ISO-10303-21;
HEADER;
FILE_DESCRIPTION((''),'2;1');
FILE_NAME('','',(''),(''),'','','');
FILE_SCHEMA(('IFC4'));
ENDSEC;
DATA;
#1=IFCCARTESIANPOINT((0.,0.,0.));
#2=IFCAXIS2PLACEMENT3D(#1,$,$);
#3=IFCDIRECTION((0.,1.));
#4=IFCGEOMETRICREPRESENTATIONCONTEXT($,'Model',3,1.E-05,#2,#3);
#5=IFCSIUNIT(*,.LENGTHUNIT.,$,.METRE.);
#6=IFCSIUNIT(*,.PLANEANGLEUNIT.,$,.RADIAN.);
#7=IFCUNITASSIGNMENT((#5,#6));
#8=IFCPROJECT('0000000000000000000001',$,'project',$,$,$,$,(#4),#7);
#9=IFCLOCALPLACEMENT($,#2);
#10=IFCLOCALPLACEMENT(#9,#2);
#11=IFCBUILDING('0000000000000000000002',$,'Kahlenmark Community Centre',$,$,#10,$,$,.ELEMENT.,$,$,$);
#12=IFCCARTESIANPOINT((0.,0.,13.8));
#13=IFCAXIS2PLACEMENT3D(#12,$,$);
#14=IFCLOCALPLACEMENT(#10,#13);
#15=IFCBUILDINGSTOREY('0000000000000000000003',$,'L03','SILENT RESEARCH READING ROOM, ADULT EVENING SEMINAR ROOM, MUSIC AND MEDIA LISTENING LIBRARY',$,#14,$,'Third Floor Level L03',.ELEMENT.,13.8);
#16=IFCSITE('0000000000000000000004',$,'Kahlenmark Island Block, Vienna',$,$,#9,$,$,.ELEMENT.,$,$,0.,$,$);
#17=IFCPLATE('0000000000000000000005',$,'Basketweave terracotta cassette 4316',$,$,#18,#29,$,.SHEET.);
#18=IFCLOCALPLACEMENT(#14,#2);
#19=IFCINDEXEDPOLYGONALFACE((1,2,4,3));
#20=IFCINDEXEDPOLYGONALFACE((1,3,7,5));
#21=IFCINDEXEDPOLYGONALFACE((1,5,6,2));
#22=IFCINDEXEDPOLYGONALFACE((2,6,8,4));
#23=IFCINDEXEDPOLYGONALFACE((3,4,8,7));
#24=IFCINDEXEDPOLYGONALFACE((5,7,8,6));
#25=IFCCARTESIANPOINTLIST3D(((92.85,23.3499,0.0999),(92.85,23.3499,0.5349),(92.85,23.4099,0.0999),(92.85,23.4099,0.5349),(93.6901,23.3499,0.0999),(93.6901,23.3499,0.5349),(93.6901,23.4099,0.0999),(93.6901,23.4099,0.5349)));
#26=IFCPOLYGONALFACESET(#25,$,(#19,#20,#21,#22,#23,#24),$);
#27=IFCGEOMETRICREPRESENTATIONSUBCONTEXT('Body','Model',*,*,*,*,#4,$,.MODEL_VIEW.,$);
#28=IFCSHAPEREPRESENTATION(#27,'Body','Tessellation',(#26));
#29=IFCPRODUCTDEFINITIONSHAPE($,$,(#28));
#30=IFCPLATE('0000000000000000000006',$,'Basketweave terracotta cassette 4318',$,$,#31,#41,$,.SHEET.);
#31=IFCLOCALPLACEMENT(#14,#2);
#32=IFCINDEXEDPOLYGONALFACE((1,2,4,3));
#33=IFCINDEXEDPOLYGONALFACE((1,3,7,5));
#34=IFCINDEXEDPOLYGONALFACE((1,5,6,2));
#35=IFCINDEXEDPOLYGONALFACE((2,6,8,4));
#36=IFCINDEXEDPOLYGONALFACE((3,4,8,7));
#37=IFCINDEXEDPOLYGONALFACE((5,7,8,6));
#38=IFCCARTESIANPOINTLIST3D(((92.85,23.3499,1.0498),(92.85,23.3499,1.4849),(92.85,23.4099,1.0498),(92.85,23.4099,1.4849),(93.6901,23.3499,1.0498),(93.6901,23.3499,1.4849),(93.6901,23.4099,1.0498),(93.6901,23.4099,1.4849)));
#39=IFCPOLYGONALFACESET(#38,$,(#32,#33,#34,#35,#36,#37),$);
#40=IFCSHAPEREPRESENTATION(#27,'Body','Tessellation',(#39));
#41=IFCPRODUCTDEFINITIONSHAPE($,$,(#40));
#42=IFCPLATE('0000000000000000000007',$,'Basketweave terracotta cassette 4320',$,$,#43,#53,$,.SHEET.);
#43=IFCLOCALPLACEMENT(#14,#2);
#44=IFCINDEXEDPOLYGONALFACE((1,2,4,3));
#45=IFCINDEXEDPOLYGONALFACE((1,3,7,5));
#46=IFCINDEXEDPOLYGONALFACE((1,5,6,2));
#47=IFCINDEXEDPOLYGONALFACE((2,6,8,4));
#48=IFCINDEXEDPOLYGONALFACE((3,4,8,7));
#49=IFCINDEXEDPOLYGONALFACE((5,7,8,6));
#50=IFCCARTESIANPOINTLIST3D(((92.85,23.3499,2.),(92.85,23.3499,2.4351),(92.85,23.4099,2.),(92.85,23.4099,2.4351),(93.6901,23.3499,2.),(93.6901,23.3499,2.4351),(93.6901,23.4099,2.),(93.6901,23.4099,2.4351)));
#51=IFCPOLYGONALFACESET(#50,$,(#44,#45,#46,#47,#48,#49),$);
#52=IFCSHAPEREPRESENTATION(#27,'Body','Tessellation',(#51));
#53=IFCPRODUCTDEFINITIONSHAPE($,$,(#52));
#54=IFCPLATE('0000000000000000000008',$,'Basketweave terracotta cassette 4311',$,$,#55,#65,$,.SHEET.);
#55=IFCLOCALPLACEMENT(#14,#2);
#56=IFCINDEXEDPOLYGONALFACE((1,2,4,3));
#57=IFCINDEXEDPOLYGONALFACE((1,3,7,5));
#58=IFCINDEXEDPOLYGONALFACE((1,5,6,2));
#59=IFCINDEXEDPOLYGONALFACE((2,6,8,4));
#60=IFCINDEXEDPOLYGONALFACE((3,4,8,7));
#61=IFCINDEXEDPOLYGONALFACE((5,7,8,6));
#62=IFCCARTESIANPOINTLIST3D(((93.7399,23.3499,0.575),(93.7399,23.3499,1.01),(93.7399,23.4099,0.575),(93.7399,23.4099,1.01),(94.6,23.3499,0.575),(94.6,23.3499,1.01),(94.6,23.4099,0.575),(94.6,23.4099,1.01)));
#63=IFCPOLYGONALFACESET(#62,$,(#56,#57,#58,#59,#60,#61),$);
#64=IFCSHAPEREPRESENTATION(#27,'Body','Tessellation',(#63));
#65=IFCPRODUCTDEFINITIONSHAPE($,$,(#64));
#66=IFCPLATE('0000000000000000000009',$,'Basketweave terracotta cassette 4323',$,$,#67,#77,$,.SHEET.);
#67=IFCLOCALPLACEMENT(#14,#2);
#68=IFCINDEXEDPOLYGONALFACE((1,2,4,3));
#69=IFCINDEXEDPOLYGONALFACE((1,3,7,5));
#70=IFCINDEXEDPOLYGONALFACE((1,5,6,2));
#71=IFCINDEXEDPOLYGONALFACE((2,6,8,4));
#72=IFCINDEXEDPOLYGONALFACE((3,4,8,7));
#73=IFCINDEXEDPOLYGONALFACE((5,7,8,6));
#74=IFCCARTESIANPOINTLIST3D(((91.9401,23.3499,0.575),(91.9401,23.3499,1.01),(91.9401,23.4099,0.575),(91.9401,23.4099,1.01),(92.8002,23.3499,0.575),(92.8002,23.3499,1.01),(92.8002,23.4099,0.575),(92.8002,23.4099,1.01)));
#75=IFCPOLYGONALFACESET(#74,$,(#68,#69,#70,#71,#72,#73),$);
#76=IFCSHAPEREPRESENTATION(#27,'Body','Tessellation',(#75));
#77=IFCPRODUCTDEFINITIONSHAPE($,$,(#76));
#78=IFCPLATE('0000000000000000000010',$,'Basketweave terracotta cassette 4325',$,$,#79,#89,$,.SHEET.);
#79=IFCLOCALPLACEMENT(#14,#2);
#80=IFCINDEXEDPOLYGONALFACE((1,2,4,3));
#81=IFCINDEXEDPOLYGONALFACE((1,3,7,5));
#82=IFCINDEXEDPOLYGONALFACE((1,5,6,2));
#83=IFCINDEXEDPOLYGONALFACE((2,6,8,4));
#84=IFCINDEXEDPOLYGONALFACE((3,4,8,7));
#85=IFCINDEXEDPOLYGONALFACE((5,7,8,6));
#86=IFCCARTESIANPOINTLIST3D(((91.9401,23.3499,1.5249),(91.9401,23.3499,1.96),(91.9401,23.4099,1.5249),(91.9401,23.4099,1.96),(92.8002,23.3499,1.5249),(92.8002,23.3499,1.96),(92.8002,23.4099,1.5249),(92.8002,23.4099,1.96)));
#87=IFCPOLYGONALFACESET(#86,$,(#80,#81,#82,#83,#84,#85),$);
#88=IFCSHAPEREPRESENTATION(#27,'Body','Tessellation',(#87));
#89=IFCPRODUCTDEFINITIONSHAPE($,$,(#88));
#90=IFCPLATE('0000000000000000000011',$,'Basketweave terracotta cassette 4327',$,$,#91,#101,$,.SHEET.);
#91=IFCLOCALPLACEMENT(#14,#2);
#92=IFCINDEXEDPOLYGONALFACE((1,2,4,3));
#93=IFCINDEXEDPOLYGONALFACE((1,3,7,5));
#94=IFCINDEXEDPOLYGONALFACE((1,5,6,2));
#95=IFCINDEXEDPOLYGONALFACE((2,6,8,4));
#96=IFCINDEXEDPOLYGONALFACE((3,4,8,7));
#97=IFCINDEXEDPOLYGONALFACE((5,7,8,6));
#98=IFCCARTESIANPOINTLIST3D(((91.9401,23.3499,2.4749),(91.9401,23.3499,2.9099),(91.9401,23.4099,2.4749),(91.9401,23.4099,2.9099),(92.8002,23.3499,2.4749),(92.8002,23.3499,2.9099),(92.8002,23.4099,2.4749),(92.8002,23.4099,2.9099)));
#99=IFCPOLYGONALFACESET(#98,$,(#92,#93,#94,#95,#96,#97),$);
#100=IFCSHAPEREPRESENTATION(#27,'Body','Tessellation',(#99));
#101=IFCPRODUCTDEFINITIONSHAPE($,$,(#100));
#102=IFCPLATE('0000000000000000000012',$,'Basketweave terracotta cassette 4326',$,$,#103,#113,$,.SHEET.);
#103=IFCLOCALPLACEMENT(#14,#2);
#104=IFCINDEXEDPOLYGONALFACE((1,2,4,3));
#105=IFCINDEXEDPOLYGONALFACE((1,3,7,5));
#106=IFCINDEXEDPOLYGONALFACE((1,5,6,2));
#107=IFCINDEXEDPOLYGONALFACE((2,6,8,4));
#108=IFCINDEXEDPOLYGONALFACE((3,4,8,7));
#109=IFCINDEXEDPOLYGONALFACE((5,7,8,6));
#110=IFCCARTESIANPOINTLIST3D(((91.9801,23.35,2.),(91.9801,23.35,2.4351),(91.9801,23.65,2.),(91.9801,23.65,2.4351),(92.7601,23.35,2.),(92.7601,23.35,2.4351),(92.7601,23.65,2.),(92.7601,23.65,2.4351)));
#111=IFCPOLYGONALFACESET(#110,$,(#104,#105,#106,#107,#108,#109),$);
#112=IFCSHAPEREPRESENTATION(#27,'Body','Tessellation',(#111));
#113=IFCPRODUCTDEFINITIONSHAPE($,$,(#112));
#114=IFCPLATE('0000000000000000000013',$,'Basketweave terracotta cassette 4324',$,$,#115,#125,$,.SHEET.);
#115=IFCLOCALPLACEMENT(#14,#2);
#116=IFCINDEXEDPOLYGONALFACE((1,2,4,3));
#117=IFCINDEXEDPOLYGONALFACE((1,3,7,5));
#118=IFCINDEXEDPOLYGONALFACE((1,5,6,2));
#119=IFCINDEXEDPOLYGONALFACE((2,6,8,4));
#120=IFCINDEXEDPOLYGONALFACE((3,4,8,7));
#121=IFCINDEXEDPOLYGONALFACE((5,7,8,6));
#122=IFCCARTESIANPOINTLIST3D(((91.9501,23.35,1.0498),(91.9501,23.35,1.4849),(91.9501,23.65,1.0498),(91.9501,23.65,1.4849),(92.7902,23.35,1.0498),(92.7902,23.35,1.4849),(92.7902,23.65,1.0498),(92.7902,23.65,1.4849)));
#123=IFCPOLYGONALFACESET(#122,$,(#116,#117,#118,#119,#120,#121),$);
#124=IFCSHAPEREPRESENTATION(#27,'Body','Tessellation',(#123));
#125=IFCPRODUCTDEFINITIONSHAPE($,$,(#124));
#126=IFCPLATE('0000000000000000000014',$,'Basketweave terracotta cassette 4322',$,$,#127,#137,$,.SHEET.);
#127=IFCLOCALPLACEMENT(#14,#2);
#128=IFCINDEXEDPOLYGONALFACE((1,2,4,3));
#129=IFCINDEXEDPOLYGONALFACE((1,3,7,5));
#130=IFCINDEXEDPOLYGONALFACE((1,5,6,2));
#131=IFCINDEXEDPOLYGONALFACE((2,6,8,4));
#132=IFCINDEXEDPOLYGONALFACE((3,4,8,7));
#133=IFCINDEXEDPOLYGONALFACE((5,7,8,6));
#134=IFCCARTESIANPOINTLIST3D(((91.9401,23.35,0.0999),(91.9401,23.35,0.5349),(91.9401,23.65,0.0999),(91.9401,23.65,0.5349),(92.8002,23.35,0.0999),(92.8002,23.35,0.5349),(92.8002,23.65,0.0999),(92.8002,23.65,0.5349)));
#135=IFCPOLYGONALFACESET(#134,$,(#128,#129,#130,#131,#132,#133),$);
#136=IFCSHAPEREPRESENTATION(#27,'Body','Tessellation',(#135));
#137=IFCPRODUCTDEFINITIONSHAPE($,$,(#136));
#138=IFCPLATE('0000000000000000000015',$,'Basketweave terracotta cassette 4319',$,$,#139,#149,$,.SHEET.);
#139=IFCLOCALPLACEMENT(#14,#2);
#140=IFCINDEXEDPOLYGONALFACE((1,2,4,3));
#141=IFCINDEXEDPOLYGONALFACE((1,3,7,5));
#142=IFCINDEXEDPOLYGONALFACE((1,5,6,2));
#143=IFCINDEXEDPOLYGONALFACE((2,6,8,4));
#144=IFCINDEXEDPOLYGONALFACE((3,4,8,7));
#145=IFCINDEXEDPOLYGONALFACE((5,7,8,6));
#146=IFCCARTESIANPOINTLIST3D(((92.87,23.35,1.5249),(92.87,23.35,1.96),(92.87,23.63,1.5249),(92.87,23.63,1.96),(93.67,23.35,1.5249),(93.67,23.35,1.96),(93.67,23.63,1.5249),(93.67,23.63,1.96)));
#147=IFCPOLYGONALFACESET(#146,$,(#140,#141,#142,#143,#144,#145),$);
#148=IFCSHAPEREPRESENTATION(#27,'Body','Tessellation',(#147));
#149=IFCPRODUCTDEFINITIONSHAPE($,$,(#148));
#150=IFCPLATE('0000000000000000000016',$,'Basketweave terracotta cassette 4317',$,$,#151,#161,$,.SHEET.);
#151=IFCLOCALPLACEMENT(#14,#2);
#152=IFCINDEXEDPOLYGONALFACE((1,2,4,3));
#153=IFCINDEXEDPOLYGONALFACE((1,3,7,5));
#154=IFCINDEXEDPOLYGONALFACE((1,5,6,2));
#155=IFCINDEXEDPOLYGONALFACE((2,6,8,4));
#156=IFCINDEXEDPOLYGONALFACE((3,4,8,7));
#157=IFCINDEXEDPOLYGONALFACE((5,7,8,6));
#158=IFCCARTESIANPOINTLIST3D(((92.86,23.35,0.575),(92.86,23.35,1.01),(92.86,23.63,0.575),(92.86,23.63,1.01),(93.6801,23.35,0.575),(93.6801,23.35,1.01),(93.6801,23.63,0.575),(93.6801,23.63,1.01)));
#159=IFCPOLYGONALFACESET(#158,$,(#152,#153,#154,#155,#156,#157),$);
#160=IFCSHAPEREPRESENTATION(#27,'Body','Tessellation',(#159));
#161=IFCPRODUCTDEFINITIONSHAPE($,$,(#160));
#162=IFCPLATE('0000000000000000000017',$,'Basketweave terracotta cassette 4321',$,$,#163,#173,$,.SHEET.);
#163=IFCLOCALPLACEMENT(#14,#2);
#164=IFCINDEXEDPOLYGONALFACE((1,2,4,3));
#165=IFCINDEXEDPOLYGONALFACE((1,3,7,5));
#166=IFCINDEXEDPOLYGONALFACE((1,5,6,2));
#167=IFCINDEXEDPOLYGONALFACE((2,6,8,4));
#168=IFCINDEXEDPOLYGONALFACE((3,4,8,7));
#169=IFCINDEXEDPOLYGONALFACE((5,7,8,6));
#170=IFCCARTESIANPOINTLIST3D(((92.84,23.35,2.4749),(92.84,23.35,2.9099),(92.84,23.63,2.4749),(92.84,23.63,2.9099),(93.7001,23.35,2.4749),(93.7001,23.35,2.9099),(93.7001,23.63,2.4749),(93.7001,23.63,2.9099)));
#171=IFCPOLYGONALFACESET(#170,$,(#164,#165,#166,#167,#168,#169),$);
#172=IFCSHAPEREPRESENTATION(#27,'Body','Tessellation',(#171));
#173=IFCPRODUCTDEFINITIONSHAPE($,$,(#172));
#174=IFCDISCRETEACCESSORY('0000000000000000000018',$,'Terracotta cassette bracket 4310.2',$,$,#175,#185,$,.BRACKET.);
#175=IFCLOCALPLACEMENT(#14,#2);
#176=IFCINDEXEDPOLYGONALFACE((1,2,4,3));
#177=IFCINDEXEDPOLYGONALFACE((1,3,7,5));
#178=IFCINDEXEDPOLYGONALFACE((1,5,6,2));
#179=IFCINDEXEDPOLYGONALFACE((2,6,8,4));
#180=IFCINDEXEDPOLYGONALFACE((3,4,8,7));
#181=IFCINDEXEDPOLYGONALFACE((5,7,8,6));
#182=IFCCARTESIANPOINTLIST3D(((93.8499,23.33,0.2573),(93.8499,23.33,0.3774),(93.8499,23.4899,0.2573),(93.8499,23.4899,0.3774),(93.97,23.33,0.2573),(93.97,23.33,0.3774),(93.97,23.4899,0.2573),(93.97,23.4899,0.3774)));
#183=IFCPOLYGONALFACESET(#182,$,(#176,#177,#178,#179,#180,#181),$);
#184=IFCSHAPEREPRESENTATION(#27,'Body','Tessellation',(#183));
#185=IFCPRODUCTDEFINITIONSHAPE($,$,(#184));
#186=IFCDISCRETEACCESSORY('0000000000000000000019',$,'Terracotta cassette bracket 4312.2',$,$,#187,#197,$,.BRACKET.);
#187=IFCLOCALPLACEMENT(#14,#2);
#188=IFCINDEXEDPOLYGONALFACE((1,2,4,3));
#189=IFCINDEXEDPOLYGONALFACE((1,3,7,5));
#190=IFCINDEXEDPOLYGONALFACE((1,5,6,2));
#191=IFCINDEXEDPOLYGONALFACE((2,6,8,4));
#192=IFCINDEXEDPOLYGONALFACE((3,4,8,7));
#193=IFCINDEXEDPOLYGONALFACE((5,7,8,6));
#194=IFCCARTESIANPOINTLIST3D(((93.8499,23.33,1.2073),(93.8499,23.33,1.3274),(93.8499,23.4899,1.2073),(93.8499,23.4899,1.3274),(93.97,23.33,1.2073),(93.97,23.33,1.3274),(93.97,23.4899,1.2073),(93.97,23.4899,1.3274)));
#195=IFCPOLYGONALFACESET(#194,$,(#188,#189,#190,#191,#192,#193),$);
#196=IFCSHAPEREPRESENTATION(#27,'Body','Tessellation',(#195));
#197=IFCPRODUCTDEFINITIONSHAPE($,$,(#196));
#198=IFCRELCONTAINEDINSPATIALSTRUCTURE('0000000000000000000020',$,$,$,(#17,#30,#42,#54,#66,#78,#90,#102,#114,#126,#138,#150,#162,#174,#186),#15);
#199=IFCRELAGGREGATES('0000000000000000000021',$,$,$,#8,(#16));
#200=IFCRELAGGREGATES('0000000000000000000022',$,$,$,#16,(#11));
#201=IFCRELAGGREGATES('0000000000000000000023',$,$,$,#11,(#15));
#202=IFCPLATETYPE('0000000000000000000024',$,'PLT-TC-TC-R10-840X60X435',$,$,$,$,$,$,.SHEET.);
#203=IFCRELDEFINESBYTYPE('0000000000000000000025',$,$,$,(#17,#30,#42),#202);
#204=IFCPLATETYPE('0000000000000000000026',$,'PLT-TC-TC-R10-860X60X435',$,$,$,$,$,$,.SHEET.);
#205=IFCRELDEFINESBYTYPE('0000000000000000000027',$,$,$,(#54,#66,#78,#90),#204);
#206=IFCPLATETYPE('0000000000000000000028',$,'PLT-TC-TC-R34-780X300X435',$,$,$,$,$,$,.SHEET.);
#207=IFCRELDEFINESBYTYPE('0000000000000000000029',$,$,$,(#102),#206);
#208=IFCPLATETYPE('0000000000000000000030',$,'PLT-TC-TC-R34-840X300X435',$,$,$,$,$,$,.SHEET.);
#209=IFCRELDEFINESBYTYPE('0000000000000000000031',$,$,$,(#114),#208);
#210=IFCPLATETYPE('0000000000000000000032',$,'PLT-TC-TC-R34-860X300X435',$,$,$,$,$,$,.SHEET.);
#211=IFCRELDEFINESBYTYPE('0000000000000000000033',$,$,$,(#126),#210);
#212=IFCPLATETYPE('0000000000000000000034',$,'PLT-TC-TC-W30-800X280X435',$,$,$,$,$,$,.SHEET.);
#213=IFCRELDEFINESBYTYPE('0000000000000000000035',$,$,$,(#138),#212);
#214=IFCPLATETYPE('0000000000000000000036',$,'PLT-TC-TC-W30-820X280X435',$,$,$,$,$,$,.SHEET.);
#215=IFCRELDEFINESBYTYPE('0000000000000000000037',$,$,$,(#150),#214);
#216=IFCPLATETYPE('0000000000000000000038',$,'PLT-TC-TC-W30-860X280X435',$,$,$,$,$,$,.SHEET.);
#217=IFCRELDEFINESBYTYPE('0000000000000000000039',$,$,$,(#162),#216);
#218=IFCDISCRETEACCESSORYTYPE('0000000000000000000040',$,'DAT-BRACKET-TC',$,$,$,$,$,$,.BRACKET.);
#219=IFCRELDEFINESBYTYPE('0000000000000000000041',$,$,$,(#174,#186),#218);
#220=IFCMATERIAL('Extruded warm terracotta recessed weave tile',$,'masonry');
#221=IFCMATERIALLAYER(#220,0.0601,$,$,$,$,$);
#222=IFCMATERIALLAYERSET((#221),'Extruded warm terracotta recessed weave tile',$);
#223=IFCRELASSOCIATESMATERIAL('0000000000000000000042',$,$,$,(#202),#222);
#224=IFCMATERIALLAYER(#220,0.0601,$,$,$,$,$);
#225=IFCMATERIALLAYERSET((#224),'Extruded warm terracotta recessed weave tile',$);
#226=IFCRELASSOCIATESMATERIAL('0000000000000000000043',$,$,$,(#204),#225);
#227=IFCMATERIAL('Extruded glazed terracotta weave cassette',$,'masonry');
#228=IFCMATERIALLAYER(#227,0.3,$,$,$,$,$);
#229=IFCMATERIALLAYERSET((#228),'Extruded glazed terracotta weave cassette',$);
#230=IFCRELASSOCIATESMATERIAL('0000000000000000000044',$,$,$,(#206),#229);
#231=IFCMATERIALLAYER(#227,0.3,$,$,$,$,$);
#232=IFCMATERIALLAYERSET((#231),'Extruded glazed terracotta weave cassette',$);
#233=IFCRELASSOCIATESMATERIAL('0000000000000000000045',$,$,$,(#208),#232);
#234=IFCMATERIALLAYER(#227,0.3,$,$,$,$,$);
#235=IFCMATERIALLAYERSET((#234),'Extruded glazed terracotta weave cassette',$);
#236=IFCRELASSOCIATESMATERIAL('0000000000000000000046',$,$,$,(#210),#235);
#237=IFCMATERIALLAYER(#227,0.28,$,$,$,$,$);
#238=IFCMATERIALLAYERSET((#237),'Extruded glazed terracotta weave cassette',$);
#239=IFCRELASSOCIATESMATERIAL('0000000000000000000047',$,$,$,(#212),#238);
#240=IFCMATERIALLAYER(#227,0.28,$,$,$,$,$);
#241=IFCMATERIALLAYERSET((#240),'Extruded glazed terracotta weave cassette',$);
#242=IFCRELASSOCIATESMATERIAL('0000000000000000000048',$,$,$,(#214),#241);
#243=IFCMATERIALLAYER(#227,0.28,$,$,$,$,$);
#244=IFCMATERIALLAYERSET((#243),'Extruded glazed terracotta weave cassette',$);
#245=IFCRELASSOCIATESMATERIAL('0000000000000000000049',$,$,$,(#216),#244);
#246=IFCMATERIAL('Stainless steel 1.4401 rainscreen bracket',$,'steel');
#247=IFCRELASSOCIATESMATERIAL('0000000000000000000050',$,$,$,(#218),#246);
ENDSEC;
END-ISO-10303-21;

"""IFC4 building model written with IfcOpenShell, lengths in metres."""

from ifc_helpers import new_model, si_unit, direction, frame, origin, origin_2d, place, context, subcontext, project, spatial, rectangle, extrude, material, layer, layer_set, type_object, element, save


model = new_model("IFC4")

# Units and contexts
model_context = context("Model", 3, precision=1e-05, world=origin(), true_north=direction((0.0, 1.0)))
body_context = subcontext(model_context, "Body", "Model", "MODEL_VIEW")
ifc_project = project(units=[si_unit("LENGTHUNIT", "METRE"), si_unit("PLANEANGLEUNIT", "RADIAN")], contexts=[model_context])

# Site, building, storey
site_placement = place(None, origin())
site = spatial("IfcSite", under=ifc_project, at=site_placement, Name="Kahlenmark Island Block, Vienna", CompositionType="ELEMENT", RefElevation=0.0)
building_placement = place(site_placement, origin())
building = spatial("IfcBuilding", under=site, at=building_placement, Name="Kahlenmark Community Centre", CompositionType="ELEMENT")
storey_placement = place(building_placement, frame((0.0, 0.0, 13.8)))
storey = spatial("IfcBuildingStorey", under=building, at=storey_placement, Name="L03", Description="SILENT RESEARCH READING ROOM, ADULT EVENING SEMINAR ROOM, MUSIC AND MEDIA LISTENING LIBRARY", LongName="Third Floor Level L03", CompositionType="ELEMENT", Elevation=13.8)

# Plates
ifc_material_1 = material(Name="Extruded warm terracotta recessed weave tile", Category="masonry")
ifc_layer_1 = layer(ifc_material_1, 0.0601)
ifc_layer_set_1 = layer_set([ifc_layer_1], Name="Extruded warm terracotta recessed weave tile")
plate_type_1 = type_object("IfcPlateType", Name="PLT-TC-TC-R10-840X60X435", PredefinedType="SHEET", material=ifc_layer_set_1)
for number, where, z_axis, x_axis, name in (
    (1, (93.27, 23.3799, 0.0999), (0.0, 0.0, 1.0), (-1.0, 0.0, 0.0), "Basketweave terracotta cassette 4316"),
    (2, (93.27, 23.3799, 1.0498), (0.0, 0.0, 1.0), (-1.0, 0.0, 0.0), "Basketweave terracotta cassette 4318"),
    (3, (93.27, 23.3799, 2.0), (0.0, 0.0, 1.0), (-1.0, 0.0, 0.0), "Basketweave terracotta cassette 4320"),
):
    element("IfcPlate", number, at=place(storey_placement, frame(where, z_axis=z_axis, x_axis=x_axis)), inside=storey, type_object=plate_type_1, Name=name, PredefinedType="SHEET", context=body_context, shape_type="SweptSolid", body=[
        extrude(rectangle(XDim=0.8401, YDim=0.0601, at=origin_2d()), origin(), (0.0, 0.0, 1.0), 0.4351),
    ])
ifc_layer_2 = layer(ifc_material_1, 0.0601)
ifc_layer_set_2 = layer_set([ifc_layer_2], Name="Extruded warm terracotta recessed weave tile")
plate_type_2 = type_object("IfcPlateType", Name="PLT-TC-TC-R10-860X60X435", PredefinedType="SHEET", material=ifc_layer_set_2)
for number, where, z_axis, x_axis, name in (
    (4, (94.1699, 23.3799, 0.575), (0.0, 0.0, 1.0), (-1.0, 0.0, 0.0), "Basketweave terracotta cassette 4311"),
    (5, (92.3701, 23.3799, 0.575), (0.0, 0.0, 1.0), (-1.0, 0.0, 0.0), "Basketweave terracotta cassette 4323"),
    (6, (92.3701, 23.3799, 1.5249), (0.0, 0.0, 1.0), (-1.0, 0.0, 0.0), "Basketweave terracotta cassette 4325"),
    (7, (92.3701, 23.3799, 2.4749), (0.0, 0.0, 1.0), (-1.0, 0.0, 0.0), "Basketweave terracotta cassette 4327"),
):
    element("IfcPlate", number, at=place(storey_placement, frame(where, z_axis=z_axis, x_axis=x_axis)), inside=storey, type_object=plate_type_2, Name=name, PredefinedType="SHEET", context=body_context, shape_type="SweptSolid", body=[
        extrude(rectangle(XDim=0.8601, YDim=0.0601, at=origin_2d()), origin(), (0.0, 0.0, 1.0), 0.4351),
    ])
ifc_material_2 = material(Name="Extruded glazed terracotta weave cassette", Category="masonry")
ifc_layer_3 = layer(ifc_material_2, 0.3)
ifc_layer_set_3 = layer_set([ifc_layer_3], Name="Extruded glazed terracotta weave cassette")
plate_type_3 = type_object("IfcPlateType", Name="PLT-TC-TC-R34-780X300X435", PredefinedType="SHEET", material=ifc_layer_set_3)
plate_1_placement = place(storey_placement, frame((92.3701, 23.5, 2.0), z_axis=(0.0, 0.0, 1.0), x_axis=(-1.0, 0.0, 0.0)))
element("IfcPlate", 8, at=plate_1_placement, inside=storey, type_object=plate_type_3, Name="Basketweave terracotta cassette 4326", PredefinedType="SHEET", context=body_context, shape_type="SweptSolid", body=[
    extrude(rectangle(XDim=0.78, YDim=0.3, at=origin_2d()), origin(), (0.0, 0.0, 1.0), 0.4351),
])
ifc_layer_4 = layer(ifc_material_2, 0.3)
ifc_layer_set_4 = layer_set([ifc_layer_4], Name="Extruded glazed terracotta weave cassette")
plate_type_4 = type_object("IfcPlateType", Name="PLT-TC-TC-R34-840X300X435", PredefinedType="SHEET", material=ifc_layer_set_4)
plate_2_placement = place(storey_placement, frame((92.3701, 23.5, 1.0498), z_axis=(0.0, 0.0, 1.0), x_axis=(-1.0, 0.0, 0.0)))
element("IfcPlate", 9, at=plate_2_placement, inside=storey, type_object=plate_type_4, Name="Basketweave terracotta cassette 4324", PredefinedType="SHEET", context=body_context, shape_type="SweptSolid", body=[
    extrude(rectangle(XDim=0.8401, YDim=0.3, at=origin_2d()), origin(), (0.0, 0.0, 1.0), 0.4351),
])
ifc_layer_5 = layer(ifc_material_2, 0.3)
ifc_layer_set_5 = layer_set([ifc_layer_5], Name="Extruded glazed terracotta weave cassette")
plate_type_5 = type_object("IfcPlateType", Name="PLT-TC-TC-R34-860X300X435", PredefinedType="SHEET", material=ifc_layer_set_5)
plate_3_placement = place(storey_placement, frame((92.3701, 23.5, 0.0999), z_axis=(0.0, 0.0, 1.0), x_axis=(-1.0, 0.0, 0.0)))
element("IfcPlate", 10, at=plate_3_placement, inside=storey, type_object=plate_type_5, Name="Basketweave terracotta cassette 4322", PredefinedType="SHEET", context=body_context, shape_type="SweptSolid", body=[
    extrude(rectangle(XDim=0.8601, YDim=0.3, at=origin_2d()), origin(), (0.0, 0.0, 1.0), 0.4351),
])
ifc_layer_6 = layer(ifc_material_2, 0.28)
ifc_layer_set_6 = layer_set([ifc_layer_6], Name="Extruded glazed terracotta weave cassette")
plate_type_6 = type_object("IfcPlateType", Name="PLT-TC-TC-W30-800X280X435", PredefinedType="SHEET", material=ifc_layer_set_6)
plate_4_placement = place(storey_placement, frame((93.27, 23.49, 1.5249), z_axis=(0.0, 0.0, 1.0), x_axis=(-1.0, 0.0, 0.0)))
element("IfcPlate", 11, at=plate_4_placement, inside=storey, type_object=plate_type_6, Name="Basketweave terracotta cassette 4319", PredefinedType="SHEET", context=body_context, shape_type="SweptSolid", body=[
    extrude(rectangle(XDim=0.8, YDim=0.28, at=origin_2d()), origin(), (0.0, 0.0, 1.0), 0.4351),
])
ifc_layer_7 = layer(ifc_material_2, 0.28)
ifc_layer_set_7 = layer_set([ifc_layer_7], Name="Extruded glazed terracotta weave cassette")
plate_type_7 = type_object("IfcPlateType", Name="PLT-TC-TC-W30-820X280X435", PredefinedType="SHEET", material=ifc_layer_set_7)
plate_5_placement = place(storey_placement, frame((93.27, 23.49, 0.575), z_axis=(0.0, 0.0, 1.0), x_axis=(-1.0, 0.0, 0.0)))
element("IfcPlate", 12, at=plate_5_placement, inside=storey, type_object=plate_type_7, Name="Basketweave terracotta cassette 4317", PredefinedType="SHEET", context=body_context, shape_type="SweptSolid", body=[
    extrude(rectangle(XDim=0.8201, YDim=0.28, at=origin_2d()), origin(), (0.0, 0.0, 1.0), 0.4351),
])
ifc_layer_8 = layer(ifc_material_2, 0.28)
ifc_layer_set_8 = layer_set([ifc_layer_8], Name="Extruded glazed terracotta weave cassette")
plate_type_8 = type_object("IfcPlateType", Name="PLT-TC-TC-W30-860X280X435", PredefinedType="SHEET", material=ifc_layer_set_8)
plate_6_placement = place(storey_placement, frame((93.27, 23.49, 2.4749), z_axis=(0.0, 0.0, 1.0), x_axis=(-1.0, 0.0, 0.0)))
element("IfcPlate", 13, at=plate_6_placement, inside=storey, type_object=plate_type_8, Name="Basketweave terracotta cassette 4321", PredefinedType="SHEET", context=body_context, shape_type="SweptSolid", body=[
    extrude(rectangle(XDim=0.8601, YDim=0.28, at=origin_2d()), origin(), (0.0, 0.0, 1.0), 0.4351),
])

# Discrete accessories
ifc_material_3 = material(Name="Stainless steel 1.4401 rainscreen bracket", Category="steel")
discrete_accessory_type = type_object("IfcDiscreteAccessoryType", Name="DAT-BRACKET-TC", PredefinedType="BRACKET", material=ifc_material_3)
for number, where, z_axis, x_axis, name in (
    (14, (93.9099, 23.4099, 0.2573), (0.0, 0.0, 1.0), (-1.0, 0.0, 0.0), "Terracotta cassette bracket 4310.2"),
    (15, (93.9099, 23.4099, 1.2073), (0.0, 0.0, 1.0), (-1.0, 0.0, 0.0), "Terracotta cassette bracket 4312.2"),
):
    element("IfcDiscreteAccessory", number, at=place(storey_placement, frame(where, z_axis=z_axis, x_axis=x_axis)), inside=storey, type_object=discrete_accessory_type, Name=name, PredefinedType="BRACKET", context=body_context, shape_type="SweptSolid", body=[
        extrude(rectangle(XDim=0.1201, YDim=0.1599, at=origin_2d()), origin(), (0.0, 0.0, 1.0), 0.1201),
    ])

save(model, "model.ifc")
